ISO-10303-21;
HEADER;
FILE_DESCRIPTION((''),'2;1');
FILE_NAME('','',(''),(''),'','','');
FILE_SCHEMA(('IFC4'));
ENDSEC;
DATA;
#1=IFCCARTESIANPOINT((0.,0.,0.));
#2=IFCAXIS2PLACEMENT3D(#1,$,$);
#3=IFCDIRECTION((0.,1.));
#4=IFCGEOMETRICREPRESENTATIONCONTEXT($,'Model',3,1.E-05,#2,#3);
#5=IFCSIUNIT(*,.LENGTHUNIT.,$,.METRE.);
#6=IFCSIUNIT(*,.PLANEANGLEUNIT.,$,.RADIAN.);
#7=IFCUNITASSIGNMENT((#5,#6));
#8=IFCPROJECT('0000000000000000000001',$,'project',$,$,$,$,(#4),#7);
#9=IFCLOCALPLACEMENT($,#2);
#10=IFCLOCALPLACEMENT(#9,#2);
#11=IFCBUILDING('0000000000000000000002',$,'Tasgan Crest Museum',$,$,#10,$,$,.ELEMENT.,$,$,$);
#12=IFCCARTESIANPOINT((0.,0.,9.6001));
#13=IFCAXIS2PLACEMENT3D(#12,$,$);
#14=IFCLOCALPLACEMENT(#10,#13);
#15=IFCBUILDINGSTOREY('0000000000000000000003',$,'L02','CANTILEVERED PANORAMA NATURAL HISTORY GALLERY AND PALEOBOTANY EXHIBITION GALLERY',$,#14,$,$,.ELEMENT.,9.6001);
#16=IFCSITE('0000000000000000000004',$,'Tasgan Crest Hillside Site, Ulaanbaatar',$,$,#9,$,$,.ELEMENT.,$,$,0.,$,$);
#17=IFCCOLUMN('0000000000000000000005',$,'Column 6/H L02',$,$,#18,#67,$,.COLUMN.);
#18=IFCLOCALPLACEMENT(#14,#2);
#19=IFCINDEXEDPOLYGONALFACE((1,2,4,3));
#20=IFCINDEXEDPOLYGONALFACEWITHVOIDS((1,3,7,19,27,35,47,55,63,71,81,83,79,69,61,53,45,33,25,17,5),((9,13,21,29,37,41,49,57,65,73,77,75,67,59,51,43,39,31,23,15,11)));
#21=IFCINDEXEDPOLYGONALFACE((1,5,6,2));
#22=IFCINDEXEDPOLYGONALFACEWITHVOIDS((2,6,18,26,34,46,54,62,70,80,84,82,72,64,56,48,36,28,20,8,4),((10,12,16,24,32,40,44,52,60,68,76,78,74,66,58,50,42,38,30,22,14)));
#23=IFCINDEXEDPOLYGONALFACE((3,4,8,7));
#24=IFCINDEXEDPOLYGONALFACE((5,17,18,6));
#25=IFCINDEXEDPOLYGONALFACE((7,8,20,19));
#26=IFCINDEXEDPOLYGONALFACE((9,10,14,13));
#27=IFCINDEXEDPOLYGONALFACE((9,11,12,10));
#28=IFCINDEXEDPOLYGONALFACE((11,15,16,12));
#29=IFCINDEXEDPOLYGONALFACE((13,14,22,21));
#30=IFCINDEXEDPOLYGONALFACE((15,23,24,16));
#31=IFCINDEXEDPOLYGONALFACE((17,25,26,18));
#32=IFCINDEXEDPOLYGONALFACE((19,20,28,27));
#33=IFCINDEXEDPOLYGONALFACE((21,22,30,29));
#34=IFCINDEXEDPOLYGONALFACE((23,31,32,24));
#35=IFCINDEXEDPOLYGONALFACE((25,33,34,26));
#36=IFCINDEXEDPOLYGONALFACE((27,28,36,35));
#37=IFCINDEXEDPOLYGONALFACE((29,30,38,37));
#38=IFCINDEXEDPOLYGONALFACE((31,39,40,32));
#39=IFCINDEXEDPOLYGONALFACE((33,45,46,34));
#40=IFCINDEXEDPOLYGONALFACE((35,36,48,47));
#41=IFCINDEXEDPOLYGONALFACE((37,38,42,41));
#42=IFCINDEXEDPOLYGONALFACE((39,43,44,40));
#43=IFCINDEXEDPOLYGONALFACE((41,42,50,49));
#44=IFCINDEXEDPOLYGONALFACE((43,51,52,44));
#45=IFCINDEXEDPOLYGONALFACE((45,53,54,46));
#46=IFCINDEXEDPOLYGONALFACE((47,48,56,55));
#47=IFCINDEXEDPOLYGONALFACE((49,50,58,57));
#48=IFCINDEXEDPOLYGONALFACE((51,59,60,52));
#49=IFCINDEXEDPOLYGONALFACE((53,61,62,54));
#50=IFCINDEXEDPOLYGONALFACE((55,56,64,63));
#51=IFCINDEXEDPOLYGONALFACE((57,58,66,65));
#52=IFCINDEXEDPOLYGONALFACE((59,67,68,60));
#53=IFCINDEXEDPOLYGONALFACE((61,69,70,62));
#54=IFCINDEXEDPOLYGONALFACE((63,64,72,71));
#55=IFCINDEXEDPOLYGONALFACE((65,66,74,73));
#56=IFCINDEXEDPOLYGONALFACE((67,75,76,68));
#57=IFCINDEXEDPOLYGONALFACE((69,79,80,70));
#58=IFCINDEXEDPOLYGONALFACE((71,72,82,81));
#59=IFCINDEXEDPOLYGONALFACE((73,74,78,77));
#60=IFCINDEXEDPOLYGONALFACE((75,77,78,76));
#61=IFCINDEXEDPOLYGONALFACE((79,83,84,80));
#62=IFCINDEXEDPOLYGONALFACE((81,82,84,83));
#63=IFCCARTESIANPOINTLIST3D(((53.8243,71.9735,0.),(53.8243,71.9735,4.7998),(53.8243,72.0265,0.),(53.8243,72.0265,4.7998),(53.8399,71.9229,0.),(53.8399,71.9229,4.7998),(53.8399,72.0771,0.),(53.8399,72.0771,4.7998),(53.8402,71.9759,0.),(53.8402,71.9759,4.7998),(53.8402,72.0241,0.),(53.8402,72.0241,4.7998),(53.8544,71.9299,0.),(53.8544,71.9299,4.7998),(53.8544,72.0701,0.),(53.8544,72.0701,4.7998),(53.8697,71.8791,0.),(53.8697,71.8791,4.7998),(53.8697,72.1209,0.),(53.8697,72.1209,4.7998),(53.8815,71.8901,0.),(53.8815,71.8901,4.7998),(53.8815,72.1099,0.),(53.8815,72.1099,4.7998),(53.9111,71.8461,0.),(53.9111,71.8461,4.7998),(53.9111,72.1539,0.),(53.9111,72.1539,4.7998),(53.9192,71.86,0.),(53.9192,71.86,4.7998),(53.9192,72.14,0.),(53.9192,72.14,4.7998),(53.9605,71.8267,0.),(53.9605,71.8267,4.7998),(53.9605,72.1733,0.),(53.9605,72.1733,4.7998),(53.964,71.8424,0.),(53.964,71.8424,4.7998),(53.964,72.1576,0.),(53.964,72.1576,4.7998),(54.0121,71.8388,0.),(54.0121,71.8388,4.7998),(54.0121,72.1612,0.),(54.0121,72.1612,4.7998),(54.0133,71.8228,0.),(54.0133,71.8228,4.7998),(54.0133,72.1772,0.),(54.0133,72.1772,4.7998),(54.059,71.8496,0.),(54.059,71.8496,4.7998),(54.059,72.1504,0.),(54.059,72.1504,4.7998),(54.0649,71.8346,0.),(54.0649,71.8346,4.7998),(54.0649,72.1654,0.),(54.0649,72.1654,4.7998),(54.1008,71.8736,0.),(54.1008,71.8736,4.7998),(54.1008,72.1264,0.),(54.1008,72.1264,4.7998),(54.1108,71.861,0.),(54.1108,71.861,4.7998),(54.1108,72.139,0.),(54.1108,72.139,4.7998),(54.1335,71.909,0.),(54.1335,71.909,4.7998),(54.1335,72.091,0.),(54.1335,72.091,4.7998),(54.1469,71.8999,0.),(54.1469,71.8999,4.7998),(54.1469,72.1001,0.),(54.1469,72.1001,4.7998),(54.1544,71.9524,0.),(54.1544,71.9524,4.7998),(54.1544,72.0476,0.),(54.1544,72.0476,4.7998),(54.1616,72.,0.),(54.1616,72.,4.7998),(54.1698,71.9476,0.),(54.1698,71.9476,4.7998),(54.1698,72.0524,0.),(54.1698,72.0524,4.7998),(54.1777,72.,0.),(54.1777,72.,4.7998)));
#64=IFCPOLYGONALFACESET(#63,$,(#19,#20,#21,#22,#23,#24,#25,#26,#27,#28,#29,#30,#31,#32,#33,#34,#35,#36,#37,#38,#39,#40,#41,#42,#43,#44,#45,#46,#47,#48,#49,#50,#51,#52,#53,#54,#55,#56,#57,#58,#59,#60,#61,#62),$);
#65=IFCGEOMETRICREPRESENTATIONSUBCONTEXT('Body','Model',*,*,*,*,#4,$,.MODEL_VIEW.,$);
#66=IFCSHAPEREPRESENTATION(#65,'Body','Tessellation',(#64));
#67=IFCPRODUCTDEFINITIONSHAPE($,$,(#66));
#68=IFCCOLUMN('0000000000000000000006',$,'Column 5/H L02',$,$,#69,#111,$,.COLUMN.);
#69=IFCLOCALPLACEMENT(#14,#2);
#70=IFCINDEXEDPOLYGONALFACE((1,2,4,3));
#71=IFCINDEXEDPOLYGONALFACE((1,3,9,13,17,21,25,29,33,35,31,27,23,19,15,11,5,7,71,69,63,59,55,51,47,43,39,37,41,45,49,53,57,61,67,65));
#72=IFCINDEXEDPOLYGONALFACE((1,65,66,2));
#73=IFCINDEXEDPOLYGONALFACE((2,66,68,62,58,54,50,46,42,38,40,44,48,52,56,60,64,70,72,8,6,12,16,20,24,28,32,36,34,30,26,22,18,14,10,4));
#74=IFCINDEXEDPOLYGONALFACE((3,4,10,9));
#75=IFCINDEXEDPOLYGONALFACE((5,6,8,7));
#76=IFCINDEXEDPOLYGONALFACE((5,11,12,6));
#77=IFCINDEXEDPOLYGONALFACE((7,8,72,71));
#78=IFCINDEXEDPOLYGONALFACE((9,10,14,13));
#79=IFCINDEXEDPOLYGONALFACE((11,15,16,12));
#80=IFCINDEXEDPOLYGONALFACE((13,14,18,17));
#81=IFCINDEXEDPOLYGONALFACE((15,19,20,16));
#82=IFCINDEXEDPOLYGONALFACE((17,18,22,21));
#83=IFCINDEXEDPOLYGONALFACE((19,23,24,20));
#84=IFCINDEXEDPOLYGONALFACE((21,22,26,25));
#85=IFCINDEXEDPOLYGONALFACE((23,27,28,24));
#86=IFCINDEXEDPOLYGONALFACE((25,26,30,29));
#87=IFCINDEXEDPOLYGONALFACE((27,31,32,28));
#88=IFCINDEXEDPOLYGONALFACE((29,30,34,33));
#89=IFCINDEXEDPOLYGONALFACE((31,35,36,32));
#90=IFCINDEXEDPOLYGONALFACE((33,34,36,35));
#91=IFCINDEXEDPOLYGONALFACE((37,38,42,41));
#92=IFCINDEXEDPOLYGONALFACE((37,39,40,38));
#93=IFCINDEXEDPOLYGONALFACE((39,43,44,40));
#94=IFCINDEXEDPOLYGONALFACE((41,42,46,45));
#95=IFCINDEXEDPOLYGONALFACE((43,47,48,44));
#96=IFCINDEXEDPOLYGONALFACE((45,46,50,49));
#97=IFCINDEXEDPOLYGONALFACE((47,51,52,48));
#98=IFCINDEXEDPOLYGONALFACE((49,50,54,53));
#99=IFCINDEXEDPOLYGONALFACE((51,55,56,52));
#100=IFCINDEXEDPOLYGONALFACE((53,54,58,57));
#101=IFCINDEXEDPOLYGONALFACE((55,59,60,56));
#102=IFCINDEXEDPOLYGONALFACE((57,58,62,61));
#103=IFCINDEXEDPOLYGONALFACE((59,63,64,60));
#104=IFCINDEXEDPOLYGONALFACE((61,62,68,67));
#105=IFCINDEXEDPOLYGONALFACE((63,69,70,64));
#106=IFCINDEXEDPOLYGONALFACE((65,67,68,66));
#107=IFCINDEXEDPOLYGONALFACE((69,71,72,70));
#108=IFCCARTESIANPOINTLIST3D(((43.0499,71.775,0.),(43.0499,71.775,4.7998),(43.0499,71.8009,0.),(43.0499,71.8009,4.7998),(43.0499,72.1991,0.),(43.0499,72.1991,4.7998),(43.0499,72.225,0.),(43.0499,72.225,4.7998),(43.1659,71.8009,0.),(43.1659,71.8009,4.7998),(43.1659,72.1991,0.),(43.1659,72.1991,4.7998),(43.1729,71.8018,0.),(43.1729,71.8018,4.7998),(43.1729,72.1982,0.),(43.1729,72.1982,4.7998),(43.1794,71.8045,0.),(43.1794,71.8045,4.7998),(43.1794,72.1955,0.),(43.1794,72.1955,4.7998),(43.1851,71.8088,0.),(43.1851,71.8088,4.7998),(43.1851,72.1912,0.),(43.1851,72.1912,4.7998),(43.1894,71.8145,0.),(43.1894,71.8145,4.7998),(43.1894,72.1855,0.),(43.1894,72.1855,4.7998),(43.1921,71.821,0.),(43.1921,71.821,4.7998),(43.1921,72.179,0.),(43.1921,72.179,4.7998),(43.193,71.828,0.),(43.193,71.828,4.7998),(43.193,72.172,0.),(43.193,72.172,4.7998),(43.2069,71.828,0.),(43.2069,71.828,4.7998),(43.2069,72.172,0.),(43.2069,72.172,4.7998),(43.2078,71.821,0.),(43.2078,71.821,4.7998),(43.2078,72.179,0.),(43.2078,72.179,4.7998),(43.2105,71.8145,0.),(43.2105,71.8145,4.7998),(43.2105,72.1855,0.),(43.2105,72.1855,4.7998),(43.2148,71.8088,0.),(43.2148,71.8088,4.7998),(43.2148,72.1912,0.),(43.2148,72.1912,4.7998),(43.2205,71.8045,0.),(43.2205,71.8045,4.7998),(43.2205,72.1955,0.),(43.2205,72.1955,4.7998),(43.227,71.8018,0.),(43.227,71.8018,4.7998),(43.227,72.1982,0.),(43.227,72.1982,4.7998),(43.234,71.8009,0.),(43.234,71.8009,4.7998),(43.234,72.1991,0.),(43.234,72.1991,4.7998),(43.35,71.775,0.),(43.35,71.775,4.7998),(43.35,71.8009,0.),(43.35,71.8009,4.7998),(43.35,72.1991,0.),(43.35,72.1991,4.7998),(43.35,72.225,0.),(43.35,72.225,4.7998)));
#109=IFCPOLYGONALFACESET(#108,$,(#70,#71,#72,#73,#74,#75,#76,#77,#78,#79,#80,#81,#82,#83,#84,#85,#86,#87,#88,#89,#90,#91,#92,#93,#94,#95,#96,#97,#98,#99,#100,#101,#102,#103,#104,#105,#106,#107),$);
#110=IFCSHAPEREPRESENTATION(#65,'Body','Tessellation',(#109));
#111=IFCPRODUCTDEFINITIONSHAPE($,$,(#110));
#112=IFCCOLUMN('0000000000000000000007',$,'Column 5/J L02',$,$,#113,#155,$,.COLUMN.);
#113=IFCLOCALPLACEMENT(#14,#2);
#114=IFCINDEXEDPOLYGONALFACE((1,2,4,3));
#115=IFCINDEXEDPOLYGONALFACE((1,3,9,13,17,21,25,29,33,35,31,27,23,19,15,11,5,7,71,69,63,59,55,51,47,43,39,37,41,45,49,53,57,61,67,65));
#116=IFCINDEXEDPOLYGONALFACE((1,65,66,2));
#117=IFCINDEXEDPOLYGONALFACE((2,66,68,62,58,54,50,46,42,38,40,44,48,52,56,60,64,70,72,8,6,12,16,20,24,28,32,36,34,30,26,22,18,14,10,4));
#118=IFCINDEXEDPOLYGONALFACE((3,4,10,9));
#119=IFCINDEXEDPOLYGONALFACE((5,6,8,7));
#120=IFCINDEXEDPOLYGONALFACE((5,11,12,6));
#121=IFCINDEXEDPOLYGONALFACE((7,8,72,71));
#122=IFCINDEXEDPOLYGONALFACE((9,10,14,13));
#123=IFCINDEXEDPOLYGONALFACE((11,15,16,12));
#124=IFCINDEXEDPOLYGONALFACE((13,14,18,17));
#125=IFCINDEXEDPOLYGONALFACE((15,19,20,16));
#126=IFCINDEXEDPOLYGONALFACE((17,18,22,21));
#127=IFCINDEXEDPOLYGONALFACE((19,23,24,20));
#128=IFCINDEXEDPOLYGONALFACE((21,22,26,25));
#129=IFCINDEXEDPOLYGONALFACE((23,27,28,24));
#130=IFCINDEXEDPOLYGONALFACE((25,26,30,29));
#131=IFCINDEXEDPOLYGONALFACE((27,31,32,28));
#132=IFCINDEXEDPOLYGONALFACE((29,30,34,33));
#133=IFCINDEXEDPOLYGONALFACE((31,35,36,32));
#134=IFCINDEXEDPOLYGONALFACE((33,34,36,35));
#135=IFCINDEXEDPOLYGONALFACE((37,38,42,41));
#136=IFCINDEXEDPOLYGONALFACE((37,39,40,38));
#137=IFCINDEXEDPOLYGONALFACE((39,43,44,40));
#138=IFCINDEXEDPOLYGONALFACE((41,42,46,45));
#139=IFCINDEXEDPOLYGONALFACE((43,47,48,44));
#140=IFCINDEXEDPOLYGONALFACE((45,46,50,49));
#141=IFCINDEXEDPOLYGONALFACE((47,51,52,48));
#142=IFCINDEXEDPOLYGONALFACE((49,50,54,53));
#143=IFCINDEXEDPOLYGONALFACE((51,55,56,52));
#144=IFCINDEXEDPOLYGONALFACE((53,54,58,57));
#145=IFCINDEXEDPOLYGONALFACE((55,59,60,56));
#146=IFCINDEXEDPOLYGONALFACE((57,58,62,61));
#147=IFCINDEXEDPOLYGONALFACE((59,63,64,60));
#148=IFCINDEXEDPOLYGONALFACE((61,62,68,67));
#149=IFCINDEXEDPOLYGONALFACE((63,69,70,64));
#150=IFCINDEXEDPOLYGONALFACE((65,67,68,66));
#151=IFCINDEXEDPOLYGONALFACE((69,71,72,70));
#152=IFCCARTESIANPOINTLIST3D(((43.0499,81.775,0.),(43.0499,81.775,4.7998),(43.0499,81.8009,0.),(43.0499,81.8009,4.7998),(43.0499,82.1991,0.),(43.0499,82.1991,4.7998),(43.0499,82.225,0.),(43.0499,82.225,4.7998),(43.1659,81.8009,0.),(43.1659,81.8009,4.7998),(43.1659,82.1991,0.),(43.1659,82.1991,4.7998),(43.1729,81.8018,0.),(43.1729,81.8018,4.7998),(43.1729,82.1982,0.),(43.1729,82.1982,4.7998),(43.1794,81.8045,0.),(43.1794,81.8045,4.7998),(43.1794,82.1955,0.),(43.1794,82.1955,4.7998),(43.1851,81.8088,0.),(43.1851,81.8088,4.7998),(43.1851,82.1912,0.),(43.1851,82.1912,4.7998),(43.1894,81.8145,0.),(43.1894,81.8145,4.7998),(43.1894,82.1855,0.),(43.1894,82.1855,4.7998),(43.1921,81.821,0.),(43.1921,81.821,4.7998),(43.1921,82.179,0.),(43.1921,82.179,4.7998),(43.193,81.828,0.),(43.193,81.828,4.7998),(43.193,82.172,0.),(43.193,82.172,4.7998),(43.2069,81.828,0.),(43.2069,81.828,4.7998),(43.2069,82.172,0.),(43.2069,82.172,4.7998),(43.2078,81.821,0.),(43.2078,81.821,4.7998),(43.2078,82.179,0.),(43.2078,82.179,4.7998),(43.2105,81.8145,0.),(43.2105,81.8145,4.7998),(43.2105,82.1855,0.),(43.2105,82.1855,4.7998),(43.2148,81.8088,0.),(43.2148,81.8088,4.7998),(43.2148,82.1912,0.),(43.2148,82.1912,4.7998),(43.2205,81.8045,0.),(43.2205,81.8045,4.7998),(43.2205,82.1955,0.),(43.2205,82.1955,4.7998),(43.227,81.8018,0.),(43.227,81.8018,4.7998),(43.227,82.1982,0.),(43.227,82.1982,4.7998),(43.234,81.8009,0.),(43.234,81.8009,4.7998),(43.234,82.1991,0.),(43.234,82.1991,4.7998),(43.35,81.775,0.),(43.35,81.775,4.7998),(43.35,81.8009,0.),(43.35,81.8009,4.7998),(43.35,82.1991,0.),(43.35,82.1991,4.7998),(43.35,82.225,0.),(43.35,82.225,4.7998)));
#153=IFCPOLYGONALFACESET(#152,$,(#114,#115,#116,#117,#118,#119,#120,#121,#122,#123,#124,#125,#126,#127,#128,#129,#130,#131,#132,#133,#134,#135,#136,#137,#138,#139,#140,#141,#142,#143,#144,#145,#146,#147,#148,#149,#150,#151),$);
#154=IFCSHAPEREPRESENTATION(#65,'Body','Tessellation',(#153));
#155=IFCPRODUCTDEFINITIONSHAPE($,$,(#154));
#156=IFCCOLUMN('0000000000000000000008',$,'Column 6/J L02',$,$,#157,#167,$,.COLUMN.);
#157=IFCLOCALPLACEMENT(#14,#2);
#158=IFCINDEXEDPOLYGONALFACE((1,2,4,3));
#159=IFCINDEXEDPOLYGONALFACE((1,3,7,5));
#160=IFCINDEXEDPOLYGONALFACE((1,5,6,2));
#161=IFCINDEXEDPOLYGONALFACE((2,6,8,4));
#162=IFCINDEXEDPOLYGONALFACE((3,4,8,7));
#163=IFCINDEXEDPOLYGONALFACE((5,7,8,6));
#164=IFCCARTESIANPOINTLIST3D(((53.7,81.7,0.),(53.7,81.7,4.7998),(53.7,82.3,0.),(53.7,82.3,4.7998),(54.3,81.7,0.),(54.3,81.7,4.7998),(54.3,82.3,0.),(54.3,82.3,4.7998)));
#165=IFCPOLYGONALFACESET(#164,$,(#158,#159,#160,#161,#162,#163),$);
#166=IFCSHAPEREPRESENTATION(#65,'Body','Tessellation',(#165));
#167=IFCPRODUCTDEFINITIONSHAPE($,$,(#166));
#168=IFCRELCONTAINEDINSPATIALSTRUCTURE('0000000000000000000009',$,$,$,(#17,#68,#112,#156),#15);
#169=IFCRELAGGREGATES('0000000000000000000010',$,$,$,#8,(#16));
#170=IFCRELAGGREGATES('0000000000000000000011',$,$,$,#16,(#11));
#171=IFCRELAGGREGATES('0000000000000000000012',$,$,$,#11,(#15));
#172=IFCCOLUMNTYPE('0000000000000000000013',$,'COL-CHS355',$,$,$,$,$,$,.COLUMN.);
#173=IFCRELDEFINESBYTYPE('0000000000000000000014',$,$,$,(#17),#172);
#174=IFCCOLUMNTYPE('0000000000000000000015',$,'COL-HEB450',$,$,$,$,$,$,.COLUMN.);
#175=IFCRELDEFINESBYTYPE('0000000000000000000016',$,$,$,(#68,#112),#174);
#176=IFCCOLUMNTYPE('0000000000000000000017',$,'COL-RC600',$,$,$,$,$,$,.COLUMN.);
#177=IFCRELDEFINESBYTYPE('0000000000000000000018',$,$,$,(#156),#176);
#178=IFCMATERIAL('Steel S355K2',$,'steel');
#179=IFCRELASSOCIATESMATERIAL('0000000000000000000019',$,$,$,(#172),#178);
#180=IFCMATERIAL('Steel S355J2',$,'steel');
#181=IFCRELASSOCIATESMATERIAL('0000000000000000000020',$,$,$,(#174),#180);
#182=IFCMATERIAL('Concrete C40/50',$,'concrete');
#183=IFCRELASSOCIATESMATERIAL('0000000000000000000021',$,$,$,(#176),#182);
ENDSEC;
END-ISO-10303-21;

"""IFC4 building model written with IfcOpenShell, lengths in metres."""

from ifc_helpers import new_model, si_unit, direction, frame, origin, origin_2d, place, context, subcontext, project, spatial, rectangle, hollow_circle, i_section, extrude, material, material_profile, profile_set, type_object, element, save


model = new_model("IFC4")

# Units and contexts
model_context = context("Model", 3, precision=1e-05, world=origin(), true_north=direction((0.0, 1.0)))
body_context = subcontext(model_context, "Body", "Model", "MODEL_VIEW")
ifc_project = project(units=[si_unit("LENGTHUNIT", "METRE"), si_unit("PLANEANGLEUNIT", "RADIAN")], contexts=[model_context])

# Site, building, storey
site_placement = place(None, origin())
site = spatial("IfcSite", under=ifc_project, at=site_placement, Name="Tasgan Crest Hillside Site, Ulaanbaatar", CompositionType="ELEMENT", RefElevation=0.0)
building_placement = place(site_placement, origin())
building = spatial("IfcBuilding", under=site, at=building_placement, Name="Tasgan Crest Museum", CompositionType="ELEMENT")
storey_placement = place(building_placement, frame((0.0, 0.0, 9.6001)))
storey = spatial("IfcBuildingStorey", under=building, at=storey_placement, Name="L02", Description="CANTILEVERED PANORAMA NATURAL HISTORY GALLERY AND PALEOBOTANY EXHIBITION GALLERY", CompositionType="ELEMENT", Elevation=9.6001)

# Columns
ifc_material_1 = material(Name="Steel S355K2", Category="steel")
ifc_material_profile_1 = material_profile(ifc_material_1, hollow_circle(Radius=0.1777, WallThickness=0.0161, at=origin_2d()), Name="CHS 355.6x16")
ifc_profile_set_1 = profile_set([ifc_material_profile_1], Name="Steel S355K2")
column_type_1 = type_object("IfcColumnType", Name="COL-CHS355", PredefinedType="COLUMN", material=ifc_profile_set_1)
column_1_placement = place(storey_placement, frame((54.0, 72.0, 0.0), z_axis=(0.0, 0.0, 1.0), x_axis=(1.0, 0.0, 0.0)))
element("IfcColumn", 1, at=column_1_placement, inside=storey, type_object=column_type_1, Name="Column 6/H L02", PredefinedType="COLUMN", context=body_context, shape_type="SweptSolid", body=[
    extrude(hollow_circle(Radius=0.1777, WallThickness=0.0161, at=origin_2d()), origin(), (0.0, 0.0, 1.0), 4.7998),
])
ifc_material_2 = material(Name="Steel S355J2", Category="steel")
ifc_material_profile_2 = material_profile(ifc_material_2, i_section(OverallWidth=0.3, OverallDepth=0.45, WebThickness=0.0139, FlangeThickness=0.0259, FilletRadius=0.0271, at=origin_2d()), Name="HEB 450")
ifc_profile_set_2 = profile_set([ifc_material_profile_2], Name="Steel S355J2")
column_type_2 = type_object("IfcColumnType", Name="COL-HEB450", PredefinedType="COLUMN", material=ifc_profile_set_2)
for number, where, z_axis, x_axis, name in (
    (2, (43.2, 72.0, 0.0), (0.0, 0.0, 1.0), (1.0, 0.0, 0.0), "Column 5/H L02"),
    (3, (43.2, 82.0, 0.0), (0.0, 0.0, 1.0), (1.0, 0.0, 0.0), "Column 5/J L02"),
):
    element("IfcColumn", number, at=place(storey_placement, frame(where, z_axis=z_axis, x_axis=x_axis)), inside=storey, type_object=column_type_2, Name=name, PredefinedType="COLUMN", context=body_context, shape_type="SweptSolid", body=[
        extrude(i_section(OverallWidth=0.3, OverallDepth=0.45, WebThickness=0.0139, FlangeThickness=0.0259, FilletRadius=0.0271, at=origin_2d()), origin(), (0.0, 0.0, 1.0), 4.7998),
    ])
ifc_material_3 = material(Name="Concrete C40/50", Category="concrete")
ifc_material_profile_3 = material_profile(ifc_material_3, rectangle(XDim=0.6001, YDim=0.6001, at=origin_2d()), Name="RC 600x600")
ifc_profile_set_3 = profile_set([ifc_material_profile_3], Name="Concrete C40/50")
column_type_3 = type_object("IfcColumnType", Name="COL-RC600", PredefinedType="COLUMN", material=ifc_profile_set_3)
column_2_placement = place(storey_placement, frame((54.0, 82.0, 0.0), z_axis=(0.0, 0.0, 1.0), x_axis=(1.0, 0.0, 0.0)))
element("IfcColumn", 4, at=column_2_placement, inside=storey, type_object=column_type_3, Name="Column 6/J L02", PredefinedType="COLUMN", context=body_context, shape_type="SweptSolid", body=[
    extrude(rectangle(XDim=0.6001, YDim=0.6001, at=origin_2d()), origin(), (0.0, 0.0, 1.0), 4.7998),
])

save(model, "model.ifc")
